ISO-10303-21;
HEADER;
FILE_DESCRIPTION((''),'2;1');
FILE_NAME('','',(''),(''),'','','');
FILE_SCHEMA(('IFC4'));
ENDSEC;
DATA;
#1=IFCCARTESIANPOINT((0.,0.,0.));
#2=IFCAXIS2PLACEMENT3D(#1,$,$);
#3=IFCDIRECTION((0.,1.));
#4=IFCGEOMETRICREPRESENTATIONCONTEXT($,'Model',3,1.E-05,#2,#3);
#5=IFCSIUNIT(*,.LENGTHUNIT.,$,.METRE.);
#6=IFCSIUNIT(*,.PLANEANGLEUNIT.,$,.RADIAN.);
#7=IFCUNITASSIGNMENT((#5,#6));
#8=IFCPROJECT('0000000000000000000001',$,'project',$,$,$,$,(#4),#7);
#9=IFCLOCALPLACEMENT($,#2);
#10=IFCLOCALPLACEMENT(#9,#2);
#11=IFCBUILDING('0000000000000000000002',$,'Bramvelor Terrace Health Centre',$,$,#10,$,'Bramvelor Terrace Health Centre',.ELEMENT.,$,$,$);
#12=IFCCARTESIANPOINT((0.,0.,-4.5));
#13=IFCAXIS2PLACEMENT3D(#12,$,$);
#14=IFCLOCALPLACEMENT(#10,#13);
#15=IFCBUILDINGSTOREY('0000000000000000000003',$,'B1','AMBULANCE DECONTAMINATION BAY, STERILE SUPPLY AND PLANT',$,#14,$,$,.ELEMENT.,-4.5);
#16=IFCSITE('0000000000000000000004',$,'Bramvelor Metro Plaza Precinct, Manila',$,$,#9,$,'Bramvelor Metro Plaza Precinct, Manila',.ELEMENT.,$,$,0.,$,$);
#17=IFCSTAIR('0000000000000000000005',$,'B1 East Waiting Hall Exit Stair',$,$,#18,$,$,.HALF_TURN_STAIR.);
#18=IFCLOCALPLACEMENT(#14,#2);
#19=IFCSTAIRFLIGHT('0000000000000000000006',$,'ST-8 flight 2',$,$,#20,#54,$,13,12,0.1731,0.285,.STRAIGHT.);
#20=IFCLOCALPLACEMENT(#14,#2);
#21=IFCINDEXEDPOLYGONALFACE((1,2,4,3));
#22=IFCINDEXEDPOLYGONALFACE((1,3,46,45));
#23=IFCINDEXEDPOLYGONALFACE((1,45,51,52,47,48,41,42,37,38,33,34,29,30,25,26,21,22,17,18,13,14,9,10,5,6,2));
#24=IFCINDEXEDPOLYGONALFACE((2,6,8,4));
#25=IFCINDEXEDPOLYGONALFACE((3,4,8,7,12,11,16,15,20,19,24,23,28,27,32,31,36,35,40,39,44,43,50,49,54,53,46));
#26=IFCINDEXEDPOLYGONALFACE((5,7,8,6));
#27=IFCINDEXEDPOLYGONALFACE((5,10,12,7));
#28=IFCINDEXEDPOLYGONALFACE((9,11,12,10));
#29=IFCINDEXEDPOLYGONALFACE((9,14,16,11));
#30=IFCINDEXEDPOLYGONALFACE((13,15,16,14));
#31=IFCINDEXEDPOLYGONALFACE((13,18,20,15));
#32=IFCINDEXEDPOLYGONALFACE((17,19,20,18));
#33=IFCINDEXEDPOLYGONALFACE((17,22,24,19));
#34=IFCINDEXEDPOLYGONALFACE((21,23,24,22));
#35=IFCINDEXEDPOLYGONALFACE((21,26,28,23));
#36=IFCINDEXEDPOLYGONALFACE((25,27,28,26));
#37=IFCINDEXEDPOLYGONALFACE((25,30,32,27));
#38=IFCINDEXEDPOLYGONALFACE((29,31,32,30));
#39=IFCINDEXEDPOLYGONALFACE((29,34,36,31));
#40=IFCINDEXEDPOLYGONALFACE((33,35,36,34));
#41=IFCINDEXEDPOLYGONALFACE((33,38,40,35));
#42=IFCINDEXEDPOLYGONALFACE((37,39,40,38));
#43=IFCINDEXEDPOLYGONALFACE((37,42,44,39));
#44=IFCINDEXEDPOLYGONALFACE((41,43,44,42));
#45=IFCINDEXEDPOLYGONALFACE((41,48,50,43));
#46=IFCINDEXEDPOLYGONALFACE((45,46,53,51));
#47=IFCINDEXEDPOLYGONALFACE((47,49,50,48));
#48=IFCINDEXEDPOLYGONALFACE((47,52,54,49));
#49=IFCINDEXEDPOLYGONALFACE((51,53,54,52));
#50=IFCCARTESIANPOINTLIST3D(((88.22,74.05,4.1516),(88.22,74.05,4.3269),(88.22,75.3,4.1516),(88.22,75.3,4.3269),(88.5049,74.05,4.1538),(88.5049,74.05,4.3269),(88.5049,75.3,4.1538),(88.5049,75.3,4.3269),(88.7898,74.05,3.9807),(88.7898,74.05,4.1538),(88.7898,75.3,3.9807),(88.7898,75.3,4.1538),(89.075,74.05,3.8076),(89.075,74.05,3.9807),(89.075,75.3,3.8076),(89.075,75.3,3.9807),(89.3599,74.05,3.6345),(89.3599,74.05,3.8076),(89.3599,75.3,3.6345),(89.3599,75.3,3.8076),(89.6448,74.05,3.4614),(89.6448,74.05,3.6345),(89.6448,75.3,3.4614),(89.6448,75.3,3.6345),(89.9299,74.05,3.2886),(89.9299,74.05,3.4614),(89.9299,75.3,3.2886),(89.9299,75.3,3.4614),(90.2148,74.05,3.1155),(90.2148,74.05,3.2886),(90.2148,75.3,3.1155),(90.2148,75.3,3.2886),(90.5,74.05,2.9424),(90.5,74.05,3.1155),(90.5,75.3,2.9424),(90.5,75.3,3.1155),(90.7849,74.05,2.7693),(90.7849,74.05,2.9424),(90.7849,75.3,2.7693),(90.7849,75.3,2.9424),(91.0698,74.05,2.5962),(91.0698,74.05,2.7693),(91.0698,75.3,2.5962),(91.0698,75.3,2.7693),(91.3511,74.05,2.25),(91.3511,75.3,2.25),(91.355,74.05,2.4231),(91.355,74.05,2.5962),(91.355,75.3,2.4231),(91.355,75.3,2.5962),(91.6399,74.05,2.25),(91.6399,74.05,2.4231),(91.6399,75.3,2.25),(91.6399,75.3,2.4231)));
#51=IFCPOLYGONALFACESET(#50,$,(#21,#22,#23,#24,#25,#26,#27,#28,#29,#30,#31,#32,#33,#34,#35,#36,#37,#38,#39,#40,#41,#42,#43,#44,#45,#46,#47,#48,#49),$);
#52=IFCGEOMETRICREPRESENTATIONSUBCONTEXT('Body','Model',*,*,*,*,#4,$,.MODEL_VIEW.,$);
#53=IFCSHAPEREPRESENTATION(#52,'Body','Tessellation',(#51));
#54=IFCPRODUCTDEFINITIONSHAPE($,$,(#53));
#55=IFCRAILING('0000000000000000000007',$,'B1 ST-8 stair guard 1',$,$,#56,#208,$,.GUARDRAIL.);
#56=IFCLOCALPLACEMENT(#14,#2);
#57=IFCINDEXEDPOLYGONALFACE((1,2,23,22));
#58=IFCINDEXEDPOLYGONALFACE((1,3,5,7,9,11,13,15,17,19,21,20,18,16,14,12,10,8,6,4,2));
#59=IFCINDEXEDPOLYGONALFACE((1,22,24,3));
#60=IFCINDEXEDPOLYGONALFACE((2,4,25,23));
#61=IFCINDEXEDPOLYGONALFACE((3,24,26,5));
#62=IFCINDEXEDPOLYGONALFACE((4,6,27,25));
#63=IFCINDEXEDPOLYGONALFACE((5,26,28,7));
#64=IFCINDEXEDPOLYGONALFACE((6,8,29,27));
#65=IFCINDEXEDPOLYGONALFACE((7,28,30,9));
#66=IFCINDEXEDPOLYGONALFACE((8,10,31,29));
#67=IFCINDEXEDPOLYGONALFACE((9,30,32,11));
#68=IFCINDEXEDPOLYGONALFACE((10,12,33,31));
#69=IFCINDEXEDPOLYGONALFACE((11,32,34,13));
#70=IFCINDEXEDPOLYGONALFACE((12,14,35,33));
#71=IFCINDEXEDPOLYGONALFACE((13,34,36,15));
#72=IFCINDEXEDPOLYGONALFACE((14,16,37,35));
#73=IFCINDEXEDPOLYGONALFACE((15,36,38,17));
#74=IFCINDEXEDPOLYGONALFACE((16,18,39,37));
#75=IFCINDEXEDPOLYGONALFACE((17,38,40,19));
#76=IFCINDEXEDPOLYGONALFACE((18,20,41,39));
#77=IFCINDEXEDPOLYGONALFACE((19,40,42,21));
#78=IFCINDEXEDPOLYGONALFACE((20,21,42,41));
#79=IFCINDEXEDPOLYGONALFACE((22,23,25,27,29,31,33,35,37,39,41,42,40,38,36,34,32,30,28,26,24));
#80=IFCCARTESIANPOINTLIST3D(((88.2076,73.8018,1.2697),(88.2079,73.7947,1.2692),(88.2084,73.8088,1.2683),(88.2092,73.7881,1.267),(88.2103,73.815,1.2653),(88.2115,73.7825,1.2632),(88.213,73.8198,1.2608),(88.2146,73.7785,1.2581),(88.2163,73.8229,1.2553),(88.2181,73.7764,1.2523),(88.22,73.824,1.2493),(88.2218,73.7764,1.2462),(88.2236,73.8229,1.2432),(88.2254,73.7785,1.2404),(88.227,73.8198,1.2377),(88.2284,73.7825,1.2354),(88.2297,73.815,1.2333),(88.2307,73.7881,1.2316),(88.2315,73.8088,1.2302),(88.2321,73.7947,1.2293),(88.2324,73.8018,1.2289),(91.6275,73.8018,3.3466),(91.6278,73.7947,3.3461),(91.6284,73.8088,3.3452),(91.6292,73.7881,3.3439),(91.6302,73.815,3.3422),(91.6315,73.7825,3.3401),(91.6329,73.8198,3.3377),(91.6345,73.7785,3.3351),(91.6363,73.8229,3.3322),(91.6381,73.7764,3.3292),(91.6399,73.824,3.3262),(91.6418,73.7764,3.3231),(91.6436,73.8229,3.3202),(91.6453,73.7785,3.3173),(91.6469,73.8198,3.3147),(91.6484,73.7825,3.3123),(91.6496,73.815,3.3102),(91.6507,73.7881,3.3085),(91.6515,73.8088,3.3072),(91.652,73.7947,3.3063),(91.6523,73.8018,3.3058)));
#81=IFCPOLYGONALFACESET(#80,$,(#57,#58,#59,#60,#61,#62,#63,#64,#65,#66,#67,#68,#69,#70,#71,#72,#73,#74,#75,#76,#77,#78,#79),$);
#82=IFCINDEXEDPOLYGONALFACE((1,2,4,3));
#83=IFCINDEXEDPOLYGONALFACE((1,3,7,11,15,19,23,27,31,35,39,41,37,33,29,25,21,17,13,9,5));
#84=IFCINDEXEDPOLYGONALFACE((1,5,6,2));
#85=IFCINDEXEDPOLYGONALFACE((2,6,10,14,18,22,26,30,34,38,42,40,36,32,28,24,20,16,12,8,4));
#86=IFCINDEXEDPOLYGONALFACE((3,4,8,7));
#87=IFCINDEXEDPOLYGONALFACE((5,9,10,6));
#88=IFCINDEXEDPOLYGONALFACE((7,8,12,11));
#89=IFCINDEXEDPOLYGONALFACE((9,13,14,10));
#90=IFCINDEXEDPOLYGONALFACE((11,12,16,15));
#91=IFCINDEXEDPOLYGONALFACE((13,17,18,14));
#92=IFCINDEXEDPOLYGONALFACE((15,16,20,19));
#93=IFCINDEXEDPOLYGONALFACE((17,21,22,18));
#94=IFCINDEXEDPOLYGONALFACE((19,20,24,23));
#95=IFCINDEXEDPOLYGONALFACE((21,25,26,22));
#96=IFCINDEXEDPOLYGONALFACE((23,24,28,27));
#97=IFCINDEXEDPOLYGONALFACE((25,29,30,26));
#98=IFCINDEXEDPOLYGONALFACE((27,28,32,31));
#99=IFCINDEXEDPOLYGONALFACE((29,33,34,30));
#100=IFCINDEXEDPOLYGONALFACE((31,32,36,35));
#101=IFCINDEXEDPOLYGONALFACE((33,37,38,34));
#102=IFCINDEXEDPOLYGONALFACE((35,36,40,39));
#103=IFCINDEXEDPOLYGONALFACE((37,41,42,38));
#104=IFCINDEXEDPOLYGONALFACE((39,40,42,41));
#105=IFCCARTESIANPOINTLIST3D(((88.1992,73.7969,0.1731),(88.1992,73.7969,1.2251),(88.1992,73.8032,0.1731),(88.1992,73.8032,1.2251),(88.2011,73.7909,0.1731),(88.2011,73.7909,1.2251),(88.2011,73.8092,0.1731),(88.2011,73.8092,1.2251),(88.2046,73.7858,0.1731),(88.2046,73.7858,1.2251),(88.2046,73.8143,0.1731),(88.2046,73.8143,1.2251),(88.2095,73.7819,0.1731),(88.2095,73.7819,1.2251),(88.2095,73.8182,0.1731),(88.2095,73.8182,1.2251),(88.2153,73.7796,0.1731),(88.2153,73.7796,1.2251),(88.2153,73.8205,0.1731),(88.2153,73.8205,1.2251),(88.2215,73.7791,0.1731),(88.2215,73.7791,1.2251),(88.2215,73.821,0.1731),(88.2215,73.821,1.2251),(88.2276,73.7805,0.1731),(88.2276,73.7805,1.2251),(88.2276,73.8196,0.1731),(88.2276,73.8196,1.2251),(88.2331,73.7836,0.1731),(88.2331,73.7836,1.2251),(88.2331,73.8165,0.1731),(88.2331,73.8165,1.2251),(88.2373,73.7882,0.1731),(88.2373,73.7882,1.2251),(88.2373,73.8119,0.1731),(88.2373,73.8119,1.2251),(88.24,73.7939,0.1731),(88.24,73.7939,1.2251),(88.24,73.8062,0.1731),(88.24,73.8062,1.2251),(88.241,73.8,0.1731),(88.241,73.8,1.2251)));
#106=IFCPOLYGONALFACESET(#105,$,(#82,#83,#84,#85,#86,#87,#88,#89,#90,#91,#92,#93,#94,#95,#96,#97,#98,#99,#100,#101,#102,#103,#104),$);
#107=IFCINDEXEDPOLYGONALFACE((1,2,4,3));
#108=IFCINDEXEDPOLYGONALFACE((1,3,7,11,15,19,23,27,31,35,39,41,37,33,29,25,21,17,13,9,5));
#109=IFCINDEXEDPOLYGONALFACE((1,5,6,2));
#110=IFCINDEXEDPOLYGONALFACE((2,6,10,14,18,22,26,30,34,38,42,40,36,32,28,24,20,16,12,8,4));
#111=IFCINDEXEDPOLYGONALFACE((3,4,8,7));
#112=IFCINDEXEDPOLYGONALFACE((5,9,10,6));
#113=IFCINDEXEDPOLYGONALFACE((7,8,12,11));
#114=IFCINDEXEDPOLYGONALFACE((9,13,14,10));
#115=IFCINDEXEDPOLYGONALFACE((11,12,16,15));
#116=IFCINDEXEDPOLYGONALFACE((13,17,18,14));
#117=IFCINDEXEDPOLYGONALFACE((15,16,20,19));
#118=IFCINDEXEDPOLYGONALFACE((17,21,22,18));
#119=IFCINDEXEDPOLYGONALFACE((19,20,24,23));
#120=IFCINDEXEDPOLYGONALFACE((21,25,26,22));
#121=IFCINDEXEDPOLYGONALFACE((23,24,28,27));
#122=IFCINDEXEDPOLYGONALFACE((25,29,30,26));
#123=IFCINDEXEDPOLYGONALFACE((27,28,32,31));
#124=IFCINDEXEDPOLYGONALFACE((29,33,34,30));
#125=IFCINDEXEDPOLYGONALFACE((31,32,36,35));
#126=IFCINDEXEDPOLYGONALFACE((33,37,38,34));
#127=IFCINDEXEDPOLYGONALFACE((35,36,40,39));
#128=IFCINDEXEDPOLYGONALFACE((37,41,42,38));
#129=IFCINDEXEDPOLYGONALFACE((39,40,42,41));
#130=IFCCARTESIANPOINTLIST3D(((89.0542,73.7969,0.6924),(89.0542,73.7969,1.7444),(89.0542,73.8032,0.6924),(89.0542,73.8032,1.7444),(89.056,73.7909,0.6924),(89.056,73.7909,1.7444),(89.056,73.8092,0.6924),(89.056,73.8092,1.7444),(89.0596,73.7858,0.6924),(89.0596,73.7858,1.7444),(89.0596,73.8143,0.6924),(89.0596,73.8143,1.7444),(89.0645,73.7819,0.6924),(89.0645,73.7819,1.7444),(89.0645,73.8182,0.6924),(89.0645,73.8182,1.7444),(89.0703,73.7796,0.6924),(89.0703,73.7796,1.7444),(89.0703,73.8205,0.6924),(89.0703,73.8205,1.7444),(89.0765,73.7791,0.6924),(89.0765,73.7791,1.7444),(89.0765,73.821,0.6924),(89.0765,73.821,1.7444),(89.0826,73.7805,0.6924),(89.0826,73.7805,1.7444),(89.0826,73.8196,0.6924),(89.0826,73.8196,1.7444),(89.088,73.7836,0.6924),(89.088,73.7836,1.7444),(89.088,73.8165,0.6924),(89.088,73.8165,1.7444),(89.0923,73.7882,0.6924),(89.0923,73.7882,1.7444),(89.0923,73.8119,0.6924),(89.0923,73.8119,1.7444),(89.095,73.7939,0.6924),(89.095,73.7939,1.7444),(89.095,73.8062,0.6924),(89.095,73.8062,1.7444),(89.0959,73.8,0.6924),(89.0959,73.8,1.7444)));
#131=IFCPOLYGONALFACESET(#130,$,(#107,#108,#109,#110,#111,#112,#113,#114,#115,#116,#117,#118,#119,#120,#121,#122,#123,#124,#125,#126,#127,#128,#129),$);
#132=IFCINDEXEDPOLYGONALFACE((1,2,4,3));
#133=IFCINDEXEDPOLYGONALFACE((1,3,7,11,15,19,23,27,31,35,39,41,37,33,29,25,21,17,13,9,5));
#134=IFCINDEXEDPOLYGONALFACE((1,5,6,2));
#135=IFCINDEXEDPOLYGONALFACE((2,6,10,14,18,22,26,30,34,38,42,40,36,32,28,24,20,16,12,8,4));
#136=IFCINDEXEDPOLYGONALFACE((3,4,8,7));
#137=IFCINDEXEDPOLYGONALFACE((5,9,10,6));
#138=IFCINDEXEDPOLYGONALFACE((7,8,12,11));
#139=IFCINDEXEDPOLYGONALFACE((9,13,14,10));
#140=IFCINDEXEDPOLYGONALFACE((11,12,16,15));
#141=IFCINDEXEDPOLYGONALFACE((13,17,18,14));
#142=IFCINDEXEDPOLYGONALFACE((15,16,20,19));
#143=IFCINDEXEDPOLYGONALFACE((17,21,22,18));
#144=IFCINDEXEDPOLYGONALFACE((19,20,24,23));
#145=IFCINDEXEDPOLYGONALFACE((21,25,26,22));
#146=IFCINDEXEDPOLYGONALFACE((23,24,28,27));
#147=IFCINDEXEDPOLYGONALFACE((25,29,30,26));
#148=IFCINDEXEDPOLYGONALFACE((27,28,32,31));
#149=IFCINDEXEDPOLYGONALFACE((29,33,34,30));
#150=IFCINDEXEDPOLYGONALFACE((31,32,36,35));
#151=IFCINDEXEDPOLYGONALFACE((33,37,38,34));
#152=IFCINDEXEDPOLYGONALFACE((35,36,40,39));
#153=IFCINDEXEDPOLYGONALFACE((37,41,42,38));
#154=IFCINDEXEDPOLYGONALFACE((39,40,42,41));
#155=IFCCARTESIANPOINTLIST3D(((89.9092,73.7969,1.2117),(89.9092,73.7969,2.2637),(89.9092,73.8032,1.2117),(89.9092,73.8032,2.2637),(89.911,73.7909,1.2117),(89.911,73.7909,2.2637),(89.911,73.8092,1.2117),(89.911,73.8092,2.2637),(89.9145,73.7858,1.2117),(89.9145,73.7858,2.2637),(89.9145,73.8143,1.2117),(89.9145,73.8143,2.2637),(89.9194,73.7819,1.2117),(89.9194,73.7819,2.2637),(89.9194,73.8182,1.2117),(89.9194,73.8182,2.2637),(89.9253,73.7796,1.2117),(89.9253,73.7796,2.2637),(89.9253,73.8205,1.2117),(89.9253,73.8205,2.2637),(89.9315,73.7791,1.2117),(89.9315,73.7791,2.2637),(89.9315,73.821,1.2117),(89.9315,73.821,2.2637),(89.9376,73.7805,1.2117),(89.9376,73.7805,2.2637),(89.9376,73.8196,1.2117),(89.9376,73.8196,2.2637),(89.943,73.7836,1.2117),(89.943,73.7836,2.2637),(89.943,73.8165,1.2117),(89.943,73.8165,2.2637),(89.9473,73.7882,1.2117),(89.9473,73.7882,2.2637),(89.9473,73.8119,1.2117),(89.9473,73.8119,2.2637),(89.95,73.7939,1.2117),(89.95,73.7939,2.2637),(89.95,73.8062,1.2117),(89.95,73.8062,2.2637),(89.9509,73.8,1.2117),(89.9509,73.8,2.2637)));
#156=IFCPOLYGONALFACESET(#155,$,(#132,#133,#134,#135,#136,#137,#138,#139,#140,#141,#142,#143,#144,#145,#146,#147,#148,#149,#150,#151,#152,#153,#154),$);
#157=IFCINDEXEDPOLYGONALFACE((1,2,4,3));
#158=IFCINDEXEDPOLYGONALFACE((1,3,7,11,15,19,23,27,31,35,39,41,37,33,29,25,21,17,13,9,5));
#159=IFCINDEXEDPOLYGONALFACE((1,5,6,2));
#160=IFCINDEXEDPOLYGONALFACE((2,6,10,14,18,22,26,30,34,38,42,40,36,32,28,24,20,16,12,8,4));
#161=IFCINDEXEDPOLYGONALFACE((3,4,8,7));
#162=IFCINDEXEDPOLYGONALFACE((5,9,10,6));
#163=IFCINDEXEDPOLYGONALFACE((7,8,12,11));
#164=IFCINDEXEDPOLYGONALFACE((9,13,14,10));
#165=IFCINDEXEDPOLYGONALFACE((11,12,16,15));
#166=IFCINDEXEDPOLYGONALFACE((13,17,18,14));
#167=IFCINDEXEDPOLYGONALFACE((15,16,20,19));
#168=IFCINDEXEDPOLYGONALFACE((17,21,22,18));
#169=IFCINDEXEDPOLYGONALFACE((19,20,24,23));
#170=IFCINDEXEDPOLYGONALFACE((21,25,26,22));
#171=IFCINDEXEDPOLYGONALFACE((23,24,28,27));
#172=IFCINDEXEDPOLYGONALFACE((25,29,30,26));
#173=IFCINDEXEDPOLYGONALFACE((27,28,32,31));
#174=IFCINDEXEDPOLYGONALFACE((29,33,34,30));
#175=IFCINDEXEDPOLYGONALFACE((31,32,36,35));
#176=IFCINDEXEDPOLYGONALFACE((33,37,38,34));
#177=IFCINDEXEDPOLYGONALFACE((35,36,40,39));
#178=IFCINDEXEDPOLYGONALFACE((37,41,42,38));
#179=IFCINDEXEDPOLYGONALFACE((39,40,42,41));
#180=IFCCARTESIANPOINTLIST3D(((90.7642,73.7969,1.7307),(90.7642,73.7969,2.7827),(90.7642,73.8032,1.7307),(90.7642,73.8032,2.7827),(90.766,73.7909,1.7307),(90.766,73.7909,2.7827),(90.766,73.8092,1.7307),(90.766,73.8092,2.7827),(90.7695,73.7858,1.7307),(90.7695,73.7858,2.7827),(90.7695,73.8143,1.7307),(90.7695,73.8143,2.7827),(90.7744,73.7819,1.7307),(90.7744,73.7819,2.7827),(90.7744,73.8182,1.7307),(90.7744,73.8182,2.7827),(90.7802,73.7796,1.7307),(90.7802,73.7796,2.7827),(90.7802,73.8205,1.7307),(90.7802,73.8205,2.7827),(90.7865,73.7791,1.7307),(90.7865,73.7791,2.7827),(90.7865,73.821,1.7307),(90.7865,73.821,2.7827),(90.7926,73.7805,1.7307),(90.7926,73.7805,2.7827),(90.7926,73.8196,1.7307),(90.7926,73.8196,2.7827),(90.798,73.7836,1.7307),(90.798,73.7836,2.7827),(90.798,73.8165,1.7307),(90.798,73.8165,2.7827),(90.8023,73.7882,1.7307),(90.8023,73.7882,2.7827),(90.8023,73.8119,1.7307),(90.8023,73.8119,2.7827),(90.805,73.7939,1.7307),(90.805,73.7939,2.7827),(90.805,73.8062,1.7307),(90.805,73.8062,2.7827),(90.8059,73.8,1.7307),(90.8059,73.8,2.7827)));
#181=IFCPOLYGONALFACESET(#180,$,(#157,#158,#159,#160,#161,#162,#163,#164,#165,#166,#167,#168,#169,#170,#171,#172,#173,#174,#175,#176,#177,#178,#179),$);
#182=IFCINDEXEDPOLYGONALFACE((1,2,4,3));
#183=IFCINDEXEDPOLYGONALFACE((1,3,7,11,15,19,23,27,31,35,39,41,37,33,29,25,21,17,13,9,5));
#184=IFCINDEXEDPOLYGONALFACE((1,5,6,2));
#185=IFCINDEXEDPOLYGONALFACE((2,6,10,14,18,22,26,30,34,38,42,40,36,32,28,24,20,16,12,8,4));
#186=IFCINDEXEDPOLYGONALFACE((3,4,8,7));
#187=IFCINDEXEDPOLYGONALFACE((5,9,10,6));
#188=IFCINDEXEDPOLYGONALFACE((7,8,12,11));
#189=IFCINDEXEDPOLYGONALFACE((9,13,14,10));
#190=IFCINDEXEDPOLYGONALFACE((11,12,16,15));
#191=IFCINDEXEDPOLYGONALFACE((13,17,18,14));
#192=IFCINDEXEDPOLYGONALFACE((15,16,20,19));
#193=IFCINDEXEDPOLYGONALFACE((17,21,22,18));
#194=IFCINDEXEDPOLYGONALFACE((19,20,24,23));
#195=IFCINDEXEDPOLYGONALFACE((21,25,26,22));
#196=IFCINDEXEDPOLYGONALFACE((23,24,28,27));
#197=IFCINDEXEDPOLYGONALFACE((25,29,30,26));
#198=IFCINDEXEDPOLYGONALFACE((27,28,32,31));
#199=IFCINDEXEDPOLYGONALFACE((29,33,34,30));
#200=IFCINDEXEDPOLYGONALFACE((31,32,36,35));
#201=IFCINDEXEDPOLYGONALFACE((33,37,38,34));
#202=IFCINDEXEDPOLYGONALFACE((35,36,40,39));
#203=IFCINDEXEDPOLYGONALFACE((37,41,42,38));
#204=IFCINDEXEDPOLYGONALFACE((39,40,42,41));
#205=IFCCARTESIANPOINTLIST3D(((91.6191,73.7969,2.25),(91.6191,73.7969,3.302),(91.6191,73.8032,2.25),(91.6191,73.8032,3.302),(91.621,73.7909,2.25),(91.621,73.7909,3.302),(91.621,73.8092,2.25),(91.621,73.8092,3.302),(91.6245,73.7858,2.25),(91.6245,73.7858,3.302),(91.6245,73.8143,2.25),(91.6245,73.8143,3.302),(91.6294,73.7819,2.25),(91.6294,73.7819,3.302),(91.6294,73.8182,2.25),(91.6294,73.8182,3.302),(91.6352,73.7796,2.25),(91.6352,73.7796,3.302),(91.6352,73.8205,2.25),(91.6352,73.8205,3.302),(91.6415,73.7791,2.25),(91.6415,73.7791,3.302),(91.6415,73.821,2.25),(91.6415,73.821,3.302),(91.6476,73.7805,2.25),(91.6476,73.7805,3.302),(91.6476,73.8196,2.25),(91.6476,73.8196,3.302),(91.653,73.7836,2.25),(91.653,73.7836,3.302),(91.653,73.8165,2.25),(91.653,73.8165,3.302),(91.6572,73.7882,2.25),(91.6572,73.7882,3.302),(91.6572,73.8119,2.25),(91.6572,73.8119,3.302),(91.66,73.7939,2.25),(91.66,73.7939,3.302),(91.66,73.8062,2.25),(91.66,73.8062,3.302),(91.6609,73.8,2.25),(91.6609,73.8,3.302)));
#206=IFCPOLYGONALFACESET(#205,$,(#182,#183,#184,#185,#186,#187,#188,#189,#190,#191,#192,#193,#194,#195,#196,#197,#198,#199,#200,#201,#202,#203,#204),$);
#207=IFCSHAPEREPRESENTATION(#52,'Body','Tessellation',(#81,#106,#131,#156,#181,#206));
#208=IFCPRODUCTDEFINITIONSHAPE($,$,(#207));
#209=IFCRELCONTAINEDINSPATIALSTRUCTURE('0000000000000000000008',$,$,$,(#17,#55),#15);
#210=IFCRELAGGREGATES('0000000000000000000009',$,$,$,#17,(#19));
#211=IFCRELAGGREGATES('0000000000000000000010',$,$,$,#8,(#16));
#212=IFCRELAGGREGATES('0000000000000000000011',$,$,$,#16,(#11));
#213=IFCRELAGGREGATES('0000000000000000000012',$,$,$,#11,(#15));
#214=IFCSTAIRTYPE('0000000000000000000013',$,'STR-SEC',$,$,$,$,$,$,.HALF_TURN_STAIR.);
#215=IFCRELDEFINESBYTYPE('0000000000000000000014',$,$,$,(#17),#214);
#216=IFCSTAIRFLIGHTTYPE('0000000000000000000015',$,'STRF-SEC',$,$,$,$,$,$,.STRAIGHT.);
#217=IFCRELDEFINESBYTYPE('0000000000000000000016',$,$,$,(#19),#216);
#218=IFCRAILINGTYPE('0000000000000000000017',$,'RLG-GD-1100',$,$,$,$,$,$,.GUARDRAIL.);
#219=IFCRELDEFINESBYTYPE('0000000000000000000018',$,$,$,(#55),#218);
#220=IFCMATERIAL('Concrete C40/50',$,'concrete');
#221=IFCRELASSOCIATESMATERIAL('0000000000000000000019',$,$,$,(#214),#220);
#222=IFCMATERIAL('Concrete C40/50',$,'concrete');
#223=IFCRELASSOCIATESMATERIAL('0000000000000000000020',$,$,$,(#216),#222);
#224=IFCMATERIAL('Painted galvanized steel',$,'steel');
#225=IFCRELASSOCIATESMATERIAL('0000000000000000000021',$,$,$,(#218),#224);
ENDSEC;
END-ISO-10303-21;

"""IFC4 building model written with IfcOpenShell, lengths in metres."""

from ifc_helpers import new_model, si_unit, direction, frame, origin, origin_2d, place, context, subcontext, project, spatial, polyline, circle, outline, extrude, material, type_object, element, aggregate, save


model = new_model("IFC4")

# Units and contexts
model_context = context("Model", 3, precision=1e-05, world=origin(), true_north=direction((0.0, 1.0)))
body_context = subcontext(model_context, "Body", "Model", "MODEL_VIEW")
ifc_project = project(units=[si_unit("LENGTHUNIT", "METRE"), si_unit("PLANEANGLEUNIT", "RADIAN")], contexts=[model_context])

# Site, building, storey
site_placement = place(None, origin())
site = spatial("IfcSite", under=ifc_project, at=site_placement, Name="Bramvelor Metro Plaza Precinct, Manila", LongName="Bramvelor Metro Plaza Precinct, Manila", CompositionType="ELEMENT", RefElevation=0.0)
building_placement = place(site_placement, origin())
building = spatial("IfcBuilding", under=site, at=building_placement, Name="Bramvelor Terrace Health Centre", LongName="Bramvelor Terrace Health Centre", CompositionType="ELEMENT")
storey_placement = place(building_placement, frame((0.0, 0.0, -4.5)))
storey = spatial("IfcBuildingStorey", under=building, at=storey_placement, Name="B1", Description="AMBULANCE DECONTAMINATION BAY, STERILE SUPPLY AND PLANT", CompositionType="ELEMENT", Elevation=-4.5)

# Stair, stair flight
ifc_material_1 = material(Name="Concrete C40/50", Category="concrete")
stair_type = type_object("IfcStairType", Name="STR-SEC", PredefinedType="HALF_TURN_STAIR", material=ifc_material_1)
stair_placement = place(storey_placement, origin())
stair = element("IfcStair", 1, at=stair_placement, inside=storey, type_object=stair_type, Name="B1 East Waiting Hall Exit Stair", PredefinedType="HALF_TURN_STAIR")
ifc_material_2 = material(Name="Concrete C40/50", Category="concrete")
stair_flight_type = type_object("IfcStairFlightType", Name="STRF-SEC", PredefinedType="STRAIGHT", material=ifc_material_2)
stair_flight_placement = place(storey_placement, frame((91.6399, 74.675, 2.25), z_axis=(0.0, 0.0, 1.0), x_axis=(-1.0, 0.0, 0.0)))
stair_flight = element("IfcStairFlight", 2, at=stair_flight_placement, type_object=stair_flight_type, Name="ST-8 flight 2", NumberOfRisers=13, NumberOfTreads=12, PredefinedType="STRAIGHT", RiserHeight=0.1731, TreadLength=0.285, context=body_context, shape_type="SweptSolid", body=[
    extrude(outline(polyline([(0.0, 0.0), (0.0, 0.1731), (0.2849, 0.1731), (0.2849, 0.3462), (0.5701, 0.3462), (0.5701, 0.5193), (0.855, 0.5193), (0.855, 0.6924), (1.1399, 0.6924), (1.1399, 0.8655), (1.425, 0.8655), (1.425, 1.0386), (1.71, 1.0386), (1.71, 1.2114), (1.9951, 1.2114), (1.9951, 1.3845), (2.28, 1.3845), (2.28, 1.5576), (2.5649, 1.5576), (2.5649, 1.7307), (2.8501, 1.7307), (2.8501, 1.9038), (3.135, 1.9038), (3.135, 2.0769), (3.4199, 2.0769), (3.4199, 2.25), (3.4199, 1.9016), (0.2888, 0.0), (0.0, 0.0)])), frame((0.0, 0.625, 0.0), z_axis=(0.0, -1.0, 0.0), x_axis=(1.0, 0.0, 0.0)), (0.0, 0.0, 1.0), 1.25),
])
aggregate(stair, [stair_flight])

# Railing
ifc_material_3 = material(Name="Painted galvanized steel", Category="steel")
railing_type_1 = type_object("IfcRailingType", Name="RLG-GD-1100", PredefinedType="GUARDRAIL", material=ifc_material_3)
railing_1_placement = place(storey_placement, frame((88.22, 73.8, 0.1731)))
element("IfcRailing", 3, at=railing_1_placement, inside=storey, type_object=railing_type_1, Name="B1 ST-8 stair guard 1", PredefinedType="GUARDRAIL", context=body_context, shape_type="SweptSolid", body=[
    extrude(circle(Radius=0.0239, at=origin_2d()), frame((0.0, 0.0, 1.0762), z_axis=(0.85473, 0.0, 0.519074), x_axis=(0.0, 1.0, 0.0)), (0.0, 0.0, 1.0), 4.0012),
    extrude(circle(Radius=0.021, at=origin_2d()), origin(), (0.0, 0.0, 1.0), 1.052),
    extrude(circle(Radius=0.021, at=origin_2d()), frame((0.855, 0.0, 0.5193)), (0.0, 0.0, 1.0), 1.052),
    extrude(circle(Radius=0.021, at=origin_2d()), frame((1.71, 0.0, 1.0386)), (0.0, 0.0, 1.0), 1.052),
    extrude(circle(Radius=0.021, at=origin_2d()), frame((2.5649, 0.0, 1.5576)), (0.0, 0.0, 1.0), 1.052),
    extrude(circle(Radius=0.021, at=origin_2d()), frame((3.4199, 0.0, 2.0769)), (0.0, 0.0, 1.0), 1.052),
])

save(model, "model.ifc")
